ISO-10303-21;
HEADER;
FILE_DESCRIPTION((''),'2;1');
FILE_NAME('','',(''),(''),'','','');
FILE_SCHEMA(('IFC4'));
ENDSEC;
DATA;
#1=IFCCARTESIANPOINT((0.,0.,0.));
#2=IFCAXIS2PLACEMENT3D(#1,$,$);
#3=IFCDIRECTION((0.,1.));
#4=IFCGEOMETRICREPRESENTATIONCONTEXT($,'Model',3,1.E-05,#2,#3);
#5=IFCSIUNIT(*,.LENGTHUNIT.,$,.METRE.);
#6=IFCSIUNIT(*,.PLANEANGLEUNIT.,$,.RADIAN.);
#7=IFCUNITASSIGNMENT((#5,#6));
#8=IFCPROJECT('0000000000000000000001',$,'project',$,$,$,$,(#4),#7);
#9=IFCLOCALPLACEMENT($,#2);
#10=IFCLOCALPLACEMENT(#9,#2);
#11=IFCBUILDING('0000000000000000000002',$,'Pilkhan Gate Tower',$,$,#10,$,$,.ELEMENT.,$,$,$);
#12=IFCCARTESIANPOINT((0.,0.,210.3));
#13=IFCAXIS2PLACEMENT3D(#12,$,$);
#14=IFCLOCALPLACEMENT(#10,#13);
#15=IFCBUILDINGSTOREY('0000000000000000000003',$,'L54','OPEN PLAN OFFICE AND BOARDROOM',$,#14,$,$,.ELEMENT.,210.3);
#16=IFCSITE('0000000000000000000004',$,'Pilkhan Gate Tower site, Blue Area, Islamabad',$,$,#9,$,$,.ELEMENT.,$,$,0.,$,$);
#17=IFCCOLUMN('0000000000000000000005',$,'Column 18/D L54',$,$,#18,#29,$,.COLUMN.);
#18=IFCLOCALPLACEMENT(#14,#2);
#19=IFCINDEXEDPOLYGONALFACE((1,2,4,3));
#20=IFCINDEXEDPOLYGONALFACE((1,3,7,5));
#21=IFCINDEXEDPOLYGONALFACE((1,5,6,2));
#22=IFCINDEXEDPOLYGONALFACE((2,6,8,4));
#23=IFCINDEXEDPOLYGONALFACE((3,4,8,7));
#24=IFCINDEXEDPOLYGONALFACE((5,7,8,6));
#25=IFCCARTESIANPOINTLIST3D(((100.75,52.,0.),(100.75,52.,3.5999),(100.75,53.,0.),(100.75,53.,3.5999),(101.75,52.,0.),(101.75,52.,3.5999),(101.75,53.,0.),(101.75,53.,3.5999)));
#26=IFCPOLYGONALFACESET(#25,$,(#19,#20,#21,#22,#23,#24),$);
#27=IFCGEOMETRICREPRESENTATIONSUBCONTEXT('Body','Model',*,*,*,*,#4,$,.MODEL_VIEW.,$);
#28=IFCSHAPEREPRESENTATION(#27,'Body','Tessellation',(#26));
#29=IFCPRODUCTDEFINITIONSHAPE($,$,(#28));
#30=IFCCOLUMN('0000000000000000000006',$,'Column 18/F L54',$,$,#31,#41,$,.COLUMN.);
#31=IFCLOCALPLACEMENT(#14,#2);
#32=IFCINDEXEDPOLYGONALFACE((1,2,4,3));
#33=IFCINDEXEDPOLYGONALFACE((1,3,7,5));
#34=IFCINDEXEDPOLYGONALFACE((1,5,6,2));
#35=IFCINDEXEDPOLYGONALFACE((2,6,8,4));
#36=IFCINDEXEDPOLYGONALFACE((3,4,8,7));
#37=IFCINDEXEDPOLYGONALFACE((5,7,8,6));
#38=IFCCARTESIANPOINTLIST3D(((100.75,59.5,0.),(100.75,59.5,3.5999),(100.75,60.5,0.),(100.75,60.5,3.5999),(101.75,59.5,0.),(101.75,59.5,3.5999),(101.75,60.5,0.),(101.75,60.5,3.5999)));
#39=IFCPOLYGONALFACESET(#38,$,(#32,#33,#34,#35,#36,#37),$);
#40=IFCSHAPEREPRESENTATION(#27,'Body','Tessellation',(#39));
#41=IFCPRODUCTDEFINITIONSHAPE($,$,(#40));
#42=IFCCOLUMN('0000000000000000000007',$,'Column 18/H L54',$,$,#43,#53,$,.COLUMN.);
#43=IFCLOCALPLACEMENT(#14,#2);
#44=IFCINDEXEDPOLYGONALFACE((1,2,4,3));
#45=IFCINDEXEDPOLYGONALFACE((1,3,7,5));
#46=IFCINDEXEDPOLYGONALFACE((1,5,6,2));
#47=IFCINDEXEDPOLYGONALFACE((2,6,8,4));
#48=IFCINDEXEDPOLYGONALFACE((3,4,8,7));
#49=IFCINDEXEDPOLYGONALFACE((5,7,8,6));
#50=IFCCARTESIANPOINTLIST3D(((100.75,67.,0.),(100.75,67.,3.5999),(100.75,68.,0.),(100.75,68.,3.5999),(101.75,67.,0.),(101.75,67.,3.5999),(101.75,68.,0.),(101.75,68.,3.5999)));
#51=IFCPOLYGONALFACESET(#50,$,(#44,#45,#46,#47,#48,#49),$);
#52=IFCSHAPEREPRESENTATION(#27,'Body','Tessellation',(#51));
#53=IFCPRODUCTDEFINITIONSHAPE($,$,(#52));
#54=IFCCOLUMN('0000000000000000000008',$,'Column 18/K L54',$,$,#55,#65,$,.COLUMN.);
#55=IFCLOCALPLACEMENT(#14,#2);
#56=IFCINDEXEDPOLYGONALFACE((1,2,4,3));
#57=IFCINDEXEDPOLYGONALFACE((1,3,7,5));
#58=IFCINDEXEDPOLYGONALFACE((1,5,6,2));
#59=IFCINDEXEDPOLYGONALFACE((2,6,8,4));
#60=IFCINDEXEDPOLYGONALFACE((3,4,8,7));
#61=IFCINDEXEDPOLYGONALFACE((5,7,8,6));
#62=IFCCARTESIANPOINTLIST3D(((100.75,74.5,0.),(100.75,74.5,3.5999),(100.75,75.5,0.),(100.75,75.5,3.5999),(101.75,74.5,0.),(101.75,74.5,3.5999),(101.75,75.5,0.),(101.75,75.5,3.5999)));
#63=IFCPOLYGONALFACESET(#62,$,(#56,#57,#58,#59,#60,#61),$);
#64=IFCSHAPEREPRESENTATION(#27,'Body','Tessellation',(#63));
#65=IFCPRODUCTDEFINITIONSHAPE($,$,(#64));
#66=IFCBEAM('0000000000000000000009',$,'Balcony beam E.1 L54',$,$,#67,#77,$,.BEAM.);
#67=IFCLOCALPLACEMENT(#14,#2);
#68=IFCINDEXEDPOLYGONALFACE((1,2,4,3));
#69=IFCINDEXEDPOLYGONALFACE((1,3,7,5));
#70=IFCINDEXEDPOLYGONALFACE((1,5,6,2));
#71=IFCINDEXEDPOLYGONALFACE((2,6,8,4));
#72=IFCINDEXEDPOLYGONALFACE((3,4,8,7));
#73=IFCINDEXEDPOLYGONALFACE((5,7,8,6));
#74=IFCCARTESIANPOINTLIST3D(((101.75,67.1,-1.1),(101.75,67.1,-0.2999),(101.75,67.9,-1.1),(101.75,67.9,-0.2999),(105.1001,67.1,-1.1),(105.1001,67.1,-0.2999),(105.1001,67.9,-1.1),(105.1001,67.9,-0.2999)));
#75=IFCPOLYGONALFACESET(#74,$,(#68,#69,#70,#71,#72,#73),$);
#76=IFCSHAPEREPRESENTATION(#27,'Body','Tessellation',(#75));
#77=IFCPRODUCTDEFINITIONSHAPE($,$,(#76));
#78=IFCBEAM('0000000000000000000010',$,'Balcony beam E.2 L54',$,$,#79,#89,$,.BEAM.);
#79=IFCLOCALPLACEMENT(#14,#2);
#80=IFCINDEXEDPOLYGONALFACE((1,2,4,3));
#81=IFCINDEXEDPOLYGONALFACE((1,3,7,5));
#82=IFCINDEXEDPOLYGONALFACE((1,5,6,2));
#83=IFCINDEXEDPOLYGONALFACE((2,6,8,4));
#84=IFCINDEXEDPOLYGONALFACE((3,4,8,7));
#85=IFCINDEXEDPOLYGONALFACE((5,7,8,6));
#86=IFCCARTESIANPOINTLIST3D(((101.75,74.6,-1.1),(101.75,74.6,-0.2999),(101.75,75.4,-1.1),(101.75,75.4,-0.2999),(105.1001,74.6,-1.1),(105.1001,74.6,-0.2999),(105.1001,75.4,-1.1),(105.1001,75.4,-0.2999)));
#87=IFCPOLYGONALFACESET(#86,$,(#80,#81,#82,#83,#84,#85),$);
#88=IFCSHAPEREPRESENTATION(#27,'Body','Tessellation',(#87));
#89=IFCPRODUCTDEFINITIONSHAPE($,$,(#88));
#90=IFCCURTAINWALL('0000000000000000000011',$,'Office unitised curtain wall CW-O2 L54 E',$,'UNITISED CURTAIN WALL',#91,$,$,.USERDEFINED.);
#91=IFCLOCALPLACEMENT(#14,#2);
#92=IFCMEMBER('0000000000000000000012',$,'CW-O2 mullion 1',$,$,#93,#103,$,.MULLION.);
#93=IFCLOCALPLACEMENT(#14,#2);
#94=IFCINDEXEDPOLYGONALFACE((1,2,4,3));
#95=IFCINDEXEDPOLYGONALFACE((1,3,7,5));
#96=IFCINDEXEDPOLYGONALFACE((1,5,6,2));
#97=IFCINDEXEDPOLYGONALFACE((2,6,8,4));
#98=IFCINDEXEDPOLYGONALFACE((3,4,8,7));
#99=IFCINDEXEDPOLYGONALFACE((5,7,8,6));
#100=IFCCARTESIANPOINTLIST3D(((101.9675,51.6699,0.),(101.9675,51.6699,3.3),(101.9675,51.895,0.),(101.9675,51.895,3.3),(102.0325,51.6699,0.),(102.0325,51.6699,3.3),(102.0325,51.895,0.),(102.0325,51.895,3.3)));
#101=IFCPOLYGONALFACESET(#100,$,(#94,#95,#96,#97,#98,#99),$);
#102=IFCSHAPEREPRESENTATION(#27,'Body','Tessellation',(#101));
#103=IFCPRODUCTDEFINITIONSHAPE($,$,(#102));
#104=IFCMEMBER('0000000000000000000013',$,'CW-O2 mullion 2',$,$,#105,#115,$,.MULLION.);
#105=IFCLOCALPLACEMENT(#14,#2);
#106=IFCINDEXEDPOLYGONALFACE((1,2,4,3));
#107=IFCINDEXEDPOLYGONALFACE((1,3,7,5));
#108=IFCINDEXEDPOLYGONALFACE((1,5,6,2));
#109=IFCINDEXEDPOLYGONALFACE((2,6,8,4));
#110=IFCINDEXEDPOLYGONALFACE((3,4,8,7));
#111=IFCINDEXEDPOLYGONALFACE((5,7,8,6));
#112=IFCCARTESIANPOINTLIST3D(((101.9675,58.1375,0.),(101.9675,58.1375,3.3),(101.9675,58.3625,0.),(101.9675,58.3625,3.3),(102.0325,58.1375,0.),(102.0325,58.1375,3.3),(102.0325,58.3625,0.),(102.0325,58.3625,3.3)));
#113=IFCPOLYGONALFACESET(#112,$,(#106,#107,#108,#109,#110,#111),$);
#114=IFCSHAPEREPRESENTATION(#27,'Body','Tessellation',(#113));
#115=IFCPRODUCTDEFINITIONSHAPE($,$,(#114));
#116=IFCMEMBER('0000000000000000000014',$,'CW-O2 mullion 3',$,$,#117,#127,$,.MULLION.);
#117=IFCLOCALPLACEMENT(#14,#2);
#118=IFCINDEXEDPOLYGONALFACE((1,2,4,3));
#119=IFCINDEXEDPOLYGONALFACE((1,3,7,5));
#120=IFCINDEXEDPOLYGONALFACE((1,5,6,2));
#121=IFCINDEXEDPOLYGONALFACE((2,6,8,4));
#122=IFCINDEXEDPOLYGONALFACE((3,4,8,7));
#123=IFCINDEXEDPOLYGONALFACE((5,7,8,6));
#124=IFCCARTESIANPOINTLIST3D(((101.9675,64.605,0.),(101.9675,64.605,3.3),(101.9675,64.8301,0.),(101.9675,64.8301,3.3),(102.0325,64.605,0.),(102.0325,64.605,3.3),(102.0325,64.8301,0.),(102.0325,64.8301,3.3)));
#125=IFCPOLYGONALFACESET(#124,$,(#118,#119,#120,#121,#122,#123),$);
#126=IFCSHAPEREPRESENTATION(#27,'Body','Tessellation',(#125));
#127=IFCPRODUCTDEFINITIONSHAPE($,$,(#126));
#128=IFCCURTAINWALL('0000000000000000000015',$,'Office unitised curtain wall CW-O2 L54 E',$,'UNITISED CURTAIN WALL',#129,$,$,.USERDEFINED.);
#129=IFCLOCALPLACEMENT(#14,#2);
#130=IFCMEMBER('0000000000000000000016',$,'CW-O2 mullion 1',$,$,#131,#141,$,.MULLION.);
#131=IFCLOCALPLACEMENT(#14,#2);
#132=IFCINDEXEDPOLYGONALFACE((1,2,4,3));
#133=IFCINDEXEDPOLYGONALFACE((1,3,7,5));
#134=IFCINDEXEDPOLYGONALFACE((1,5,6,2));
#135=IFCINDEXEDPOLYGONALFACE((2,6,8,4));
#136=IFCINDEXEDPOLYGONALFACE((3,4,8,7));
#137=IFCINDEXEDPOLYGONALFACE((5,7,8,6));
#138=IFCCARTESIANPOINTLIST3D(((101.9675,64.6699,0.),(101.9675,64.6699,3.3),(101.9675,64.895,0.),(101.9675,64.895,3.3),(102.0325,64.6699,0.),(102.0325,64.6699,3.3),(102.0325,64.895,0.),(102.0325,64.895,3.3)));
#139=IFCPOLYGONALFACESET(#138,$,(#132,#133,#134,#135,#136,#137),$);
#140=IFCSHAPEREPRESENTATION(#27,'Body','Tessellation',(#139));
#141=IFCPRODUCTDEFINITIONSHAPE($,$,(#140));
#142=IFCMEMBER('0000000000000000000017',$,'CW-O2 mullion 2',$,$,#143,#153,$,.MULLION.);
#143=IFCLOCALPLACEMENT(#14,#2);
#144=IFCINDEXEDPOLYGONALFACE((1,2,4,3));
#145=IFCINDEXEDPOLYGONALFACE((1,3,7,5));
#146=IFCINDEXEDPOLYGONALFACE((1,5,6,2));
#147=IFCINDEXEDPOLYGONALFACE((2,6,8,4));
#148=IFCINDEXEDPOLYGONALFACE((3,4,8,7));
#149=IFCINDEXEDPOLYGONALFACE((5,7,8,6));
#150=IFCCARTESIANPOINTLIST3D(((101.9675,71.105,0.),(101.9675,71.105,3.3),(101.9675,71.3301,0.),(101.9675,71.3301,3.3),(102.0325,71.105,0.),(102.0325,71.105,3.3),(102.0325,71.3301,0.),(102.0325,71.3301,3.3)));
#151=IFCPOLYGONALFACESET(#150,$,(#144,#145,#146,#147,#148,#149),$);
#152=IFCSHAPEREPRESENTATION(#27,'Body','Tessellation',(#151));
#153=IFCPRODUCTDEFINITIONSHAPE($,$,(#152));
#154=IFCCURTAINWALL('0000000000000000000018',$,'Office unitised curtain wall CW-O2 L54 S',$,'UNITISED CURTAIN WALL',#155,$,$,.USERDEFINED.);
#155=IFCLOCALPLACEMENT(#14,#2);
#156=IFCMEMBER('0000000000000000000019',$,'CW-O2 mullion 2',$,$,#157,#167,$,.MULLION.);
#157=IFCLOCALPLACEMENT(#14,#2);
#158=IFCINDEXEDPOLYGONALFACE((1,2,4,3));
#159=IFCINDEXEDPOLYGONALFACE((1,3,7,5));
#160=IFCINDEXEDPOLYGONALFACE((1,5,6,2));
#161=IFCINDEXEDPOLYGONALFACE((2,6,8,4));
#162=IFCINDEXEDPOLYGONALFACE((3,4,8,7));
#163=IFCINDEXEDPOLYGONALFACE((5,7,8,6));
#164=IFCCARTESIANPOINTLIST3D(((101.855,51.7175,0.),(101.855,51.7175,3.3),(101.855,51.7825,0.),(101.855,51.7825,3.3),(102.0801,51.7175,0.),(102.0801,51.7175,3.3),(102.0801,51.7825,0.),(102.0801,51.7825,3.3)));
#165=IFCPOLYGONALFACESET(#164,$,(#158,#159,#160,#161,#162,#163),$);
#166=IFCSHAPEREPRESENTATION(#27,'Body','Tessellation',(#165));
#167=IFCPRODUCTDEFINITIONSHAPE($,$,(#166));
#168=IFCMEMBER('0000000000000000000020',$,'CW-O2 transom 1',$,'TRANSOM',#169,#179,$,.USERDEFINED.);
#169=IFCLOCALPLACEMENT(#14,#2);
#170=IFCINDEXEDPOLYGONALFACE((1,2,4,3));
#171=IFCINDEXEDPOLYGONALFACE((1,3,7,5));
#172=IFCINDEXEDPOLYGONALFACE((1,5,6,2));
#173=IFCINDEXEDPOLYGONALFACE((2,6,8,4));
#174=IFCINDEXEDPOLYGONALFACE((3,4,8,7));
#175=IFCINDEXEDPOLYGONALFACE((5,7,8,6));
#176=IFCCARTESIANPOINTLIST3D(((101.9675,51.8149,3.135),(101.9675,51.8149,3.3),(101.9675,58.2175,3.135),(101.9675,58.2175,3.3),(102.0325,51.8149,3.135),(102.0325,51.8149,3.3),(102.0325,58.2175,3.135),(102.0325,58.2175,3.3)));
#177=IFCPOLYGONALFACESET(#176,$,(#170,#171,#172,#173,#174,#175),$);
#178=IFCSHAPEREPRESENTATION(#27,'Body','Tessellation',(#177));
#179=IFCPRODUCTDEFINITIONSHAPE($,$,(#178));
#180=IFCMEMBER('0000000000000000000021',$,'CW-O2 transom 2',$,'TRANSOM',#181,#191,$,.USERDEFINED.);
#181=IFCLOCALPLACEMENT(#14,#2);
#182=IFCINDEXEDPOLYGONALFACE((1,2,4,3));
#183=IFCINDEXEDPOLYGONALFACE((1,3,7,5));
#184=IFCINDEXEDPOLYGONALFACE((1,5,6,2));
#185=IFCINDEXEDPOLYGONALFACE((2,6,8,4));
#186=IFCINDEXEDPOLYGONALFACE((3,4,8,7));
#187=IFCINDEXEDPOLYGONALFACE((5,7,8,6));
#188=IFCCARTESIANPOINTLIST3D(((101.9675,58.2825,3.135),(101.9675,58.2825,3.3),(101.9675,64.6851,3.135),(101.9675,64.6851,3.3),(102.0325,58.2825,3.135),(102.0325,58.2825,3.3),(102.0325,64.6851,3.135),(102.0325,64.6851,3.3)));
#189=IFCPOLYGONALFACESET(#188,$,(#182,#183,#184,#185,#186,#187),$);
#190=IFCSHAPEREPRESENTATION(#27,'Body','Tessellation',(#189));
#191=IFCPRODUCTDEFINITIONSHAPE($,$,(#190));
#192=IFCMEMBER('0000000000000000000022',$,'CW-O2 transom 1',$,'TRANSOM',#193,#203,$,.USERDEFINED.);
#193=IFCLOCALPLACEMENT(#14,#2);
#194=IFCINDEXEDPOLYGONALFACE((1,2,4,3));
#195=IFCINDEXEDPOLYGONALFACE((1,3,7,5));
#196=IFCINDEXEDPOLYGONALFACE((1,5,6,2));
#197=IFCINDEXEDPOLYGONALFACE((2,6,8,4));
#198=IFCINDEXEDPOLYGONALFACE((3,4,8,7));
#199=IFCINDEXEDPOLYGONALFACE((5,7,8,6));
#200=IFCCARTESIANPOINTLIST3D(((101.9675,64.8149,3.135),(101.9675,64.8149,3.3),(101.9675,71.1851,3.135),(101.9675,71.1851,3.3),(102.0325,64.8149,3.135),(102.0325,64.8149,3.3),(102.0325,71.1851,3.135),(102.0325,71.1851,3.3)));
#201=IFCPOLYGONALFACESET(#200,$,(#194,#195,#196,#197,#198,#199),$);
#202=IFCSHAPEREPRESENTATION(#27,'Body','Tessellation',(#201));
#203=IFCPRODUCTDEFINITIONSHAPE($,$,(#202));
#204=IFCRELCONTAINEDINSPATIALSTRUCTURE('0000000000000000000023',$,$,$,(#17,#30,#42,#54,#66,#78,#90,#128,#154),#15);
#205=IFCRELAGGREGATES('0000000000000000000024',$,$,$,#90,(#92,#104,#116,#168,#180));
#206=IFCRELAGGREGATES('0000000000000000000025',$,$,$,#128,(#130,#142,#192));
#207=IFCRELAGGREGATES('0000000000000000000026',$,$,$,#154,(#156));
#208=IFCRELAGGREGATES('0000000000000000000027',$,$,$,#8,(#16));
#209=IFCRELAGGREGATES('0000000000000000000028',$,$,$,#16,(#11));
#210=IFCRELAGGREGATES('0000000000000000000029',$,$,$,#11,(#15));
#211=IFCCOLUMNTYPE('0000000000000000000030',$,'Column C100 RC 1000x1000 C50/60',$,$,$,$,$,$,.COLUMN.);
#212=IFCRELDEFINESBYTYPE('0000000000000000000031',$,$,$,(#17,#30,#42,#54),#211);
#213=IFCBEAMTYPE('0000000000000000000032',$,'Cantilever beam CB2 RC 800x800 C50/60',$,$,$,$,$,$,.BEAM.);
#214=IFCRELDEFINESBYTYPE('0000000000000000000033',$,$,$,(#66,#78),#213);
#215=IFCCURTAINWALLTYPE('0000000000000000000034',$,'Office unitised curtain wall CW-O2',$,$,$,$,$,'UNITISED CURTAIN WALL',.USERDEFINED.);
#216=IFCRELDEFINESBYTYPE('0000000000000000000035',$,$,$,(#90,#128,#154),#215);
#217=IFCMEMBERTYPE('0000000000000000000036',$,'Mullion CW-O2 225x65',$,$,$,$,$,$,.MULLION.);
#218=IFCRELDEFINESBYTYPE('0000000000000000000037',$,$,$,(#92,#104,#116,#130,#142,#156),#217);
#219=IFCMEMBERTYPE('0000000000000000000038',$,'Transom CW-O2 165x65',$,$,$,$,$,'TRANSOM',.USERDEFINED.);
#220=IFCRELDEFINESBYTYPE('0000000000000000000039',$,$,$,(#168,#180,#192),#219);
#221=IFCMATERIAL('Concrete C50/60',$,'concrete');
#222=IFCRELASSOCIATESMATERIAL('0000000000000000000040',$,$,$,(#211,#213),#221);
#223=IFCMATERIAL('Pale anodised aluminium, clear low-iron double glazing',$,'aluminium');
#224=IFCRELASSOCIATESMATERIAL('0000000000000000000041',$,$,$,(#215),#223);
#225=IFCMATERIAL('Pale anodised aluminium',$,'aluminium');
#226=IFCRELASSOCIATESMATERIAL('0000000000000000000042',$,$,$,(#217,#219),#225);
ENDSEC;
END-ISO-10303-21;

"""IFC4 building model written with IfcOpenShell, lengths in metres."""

from ifc_helpers import new_model, si_unit, direction, frame, origin, origin_2d, place, context, subcontext, project, spatial, rectangle, extrude, material, material_profile, profile_set, type_object, element, aggregate, save


model = new_model("IFC4")

# Units and contexts
model_context = context("Model", 3, precision=1e-05, world=origin(), true_north=direction((0.0, 1.0)))
body_context = subcontext(model_context, "Body", "Model", "MODEL_VIEW")
ifc_project = project(units=[si_unit("LENGTHUNIT", "METRE"), si_unit("PLANEANGLEUNIT", "RADIAN")], contexts=[model_context])

# Site, building, storey
site_placement = place(None, origin())
site = spatial("IfcSite", under=ifc_project, at=site_placement, Name="Pilkhan Gate Tower site, Blue Area, Islamabad", CompositionType="ELEMENT", RefElevation=0.0)
building_placement = place(site_placement, origin())
building = spatial("IfcBuilding", under=site, at=building_placement, Name="Pilkhan Gate Tower", CompositionType="ELEMENT")
storey_placement = place(building_placement, frame((0.0, 0.0, 210.3)))
storey = spatial("IfcBuildingStorey", under=building, at=storey_placement, Name="L54", Description="OPEN PLAN OFFICE AND BOARDROOM", CompositionType="ELEMENT", Elevation=210.3)

# Columns
ifc_material_1 = material(Name="Concrete C50/60", Category="concrete")
ifc_material_profile_1 = material_profile(ifc_material_1, rectangle(XDim=1.0, YDim=1.0, at=origin_2d()), Name="RC 1000x1000")
ifc_profile_set_1 = profile_set([ifc_material_profile_1], Name="Concrete C50/60")
column_type = type_object("IfcColumnType", Name="Column C100 RC 1000x1000 C50/60", PredefinedType="COLUMN", material=ifc_profile_set_1)
for number, where, z_axis, x_axis, name in (
    (1, (101.25, 52.5, 0.0), (0.0, 0.0, 1.0), (1.0, 0.0, 0.0), "Column 18/D L54"),
    (2, (101.25, 60.0, 0.0), (0.0, 0.0, 1.0), (1.0, 0.0, 0.0), "Column 18/F L54"),
    (3, (101.25, 67.5, 0.0), (0.0, 0.0, 1.0), (1.0, 0.0, 0.0), "Column 18/H L54"),
    (4, (101.25, 75.0, 0.0), (0.0, 0.0, 1.0), (1.0, 0.0, 0.0), "Column 18/K L54"),
):
    element("IfcColumn", number, at=place(storey_placement, frame(where, z_axis=z_axis, x_axis=x_axis)), inside=storey, type_object=column_type, Name=name, PredefinedType="COLUMN", context=body_context, shape_type="SweptSolid", body=[
        extrude(rectangle(XDim=1.0, YDim=1.0, at=origin_2d()), origin(), (0.0, 0.0, 1.0), 3.5999),
    ])

# Beams
ifc_material_profile_2 = material_profile(ifc_material_1, rectangle(XDim=0.8, YDim=0.8, at=origin_2d()), Name="RC 800x800")
ifc_profile_set_2 = profile_set([ifc_material_profile_2], Name="Concrete C50/60")
beam_type = type_object("IfcBeamType", Name="Cantilever beam CB2 RC 800x800 C50/60", PredefinedType="BEAM", material=ifc_profile_set_2)
for number, where, z_axis, x_axis, name in (
    (5, (101.75, 67.5, -0.7), (1.0, 0.0, 0.0), (0.0, 1.0, 0.0), "Balcony beam E.1 L54"),
    (6, (101.75, 75.0, -0.7), (1.0, 0.0, 0.0), (0.0, 1.0, 0.0), "Balcony beam E.2 L54"),
):
    element("IfcBeam", number, at=place(storey_placement, frame(where, z_axis=z_axis, x_axis=x_axis)), inside=storey, type_object=beam_type, Name=name, PredefinedType="BEAM", context=body_context, shape_type="SweptSolid", body=[
        extrude(rectangle(XDim=0.8, YDim=0.8, at=origin_2d()), origin(), (0.0, 0.0, 1.0), 3.3501),
    ])

# Curtain walls, members
ifc_material_2 = material(Name="Pale anodised aluminium, clear low-iron double glazing", Category="aluminium")
curtain_wall_type = type_object("IfcCurtainWallType", Name="Office unitised curtain wall CW-O2", ElementType="UNITISED CURTAIN WALL", PredefinedType="USERDEFINED", material=ifc_material_2)
curtain_wall_1_placement = place(storey_placement, origin())
curtain_wall_1 = element("IfcCurtainWall", 7, at=curtain_wall_1_placement, inside=storey, type_object=curtain_wall_type, Name="Office unitised curtain wall CW-O2 L54 E", ObjectType="UNITISED CURTAIN WALL", PredefinedType="USERDEFINED")
ifc_material_3 = material(Name="Pale anodised aluminium", Category="aluminium")
ifc_material_profile_3 = material_profile(ifc_material_3, rectangle(XDim=0.0649, YDim=0.2251, at=origin_2d()), Name="Mullion 225x65")
ifc_profile_set_3 = profile_set([ifc_material_profile_3], Name="Pale anodised aluminium")
member_type_1 = type_object("IfcMemberType", Name="Mullion CW-O2 225x65", PredefinedType="MULLION", material=ifc_profile_set_3)
member_1_placement = place(storey_placement, frame((102.0, 51.7825, 0.0), z_axis=(0.0, 0.0, 1.0), x_axis=(-1.0, 0.0, 0.0)))
member_1 = element("IfcMember", 8, at=member_1_placement, type_object=member_type_1, Name="CW-O2 mullion 1", PredefinedType="MULLION", context=body_context, shape_type="SweptSolid", body=[
    extrude(rectangle(XDim=0.0649, YDim=0.2251, at=origin_2d()), origin(), (0.0, 0.0, 1.0), 3.3),
])
member_2_placement = place(storey_placement, frame((102.0, 58.25, 0.0), z_axis=(0.0, 0.0, 1.0), x_axis=(-1.0, 0.0, 0.0)))
member_2 = element("IfcMember", 9, at=member_2_placement, type_object=member_type_1, Name="CW-O2 mullion 2", PredefinedType="MULLION", context=body_context, shape_type="SweptSolid", body=[
    extrude(rectangle(XDim=0.0649, YDim=0.2251, at=origin_2d()), origin(), (0.0, 0.0, 1.0), 3.3),
])
member_3_placement = place(storey_placement, frame((102.0, 64.7175, 0.0), z_axis=(0.0, 0.0, 1.0), x_axis=(-1.0, 0.0, 0.0)))
member_3 = element("IfcMember", 10, at=member_3_placement, type_object=member_type_1, Name="CW-O2 mullion 3", PredefinedType="MULLION", context=body_context, shape_type="SweptSolid", body=[
    extrude(rectangle(XDim=0.0649, YDim=0.2251, at=origin_2d()), origin(), (0.0, 0.0, 1.0), 3.3),
])
curtain_wall_2_placement = place(storey_placement, origin())
curtain_wall_2 = element("IfcCurtainWall", 11, at=curtain_wall_2_placement, inside=storey, type_object=curtain_wall_type, Name="Office unitised curtain wall CW-O2 L54 E", ObjectType="UNITISED CURTAIN WALL", PredefinedType="USERDEFINED")
member_4_placement = place(storey_placement, frame((102.0, 64.7825, 0.0), z_axis=(0.0, 0.0, 1.0), x_axis=(-1.0, 0.0, 0.0)))
member_4 = element("IfcMember", 12, at=member_4_placement, type_object=member_type_1, Name="CW-O2 mullion 1", PredefinedType="MULLION", context=body_context, shape_type="SweptSolid", body=[
    extrude(rectangle(XDim=0.0649, YDim=0.2251, at=origin_2d()), origin(), (0.0, 0.0, 1.0), 3.3),
])
member_5_placement = place(storey_placement, frame((102.0, 71.2175, 0.0), z_axis=(0.0, 0.0, 1.0), x_axis=(-1.0, 0.0, 0.0)))
member_5 = element("IfcMember", 13, at=member_5_placement, type_object=member_type_1, Name="CW-O2 mullion 2", PredefinedType="MULLION", context=body_context, shape_type="SweptSolid", body=[
    extrude(rectangle(XDim=0.0649, YDim=0.2251, at=origin_2d()), origin(), (0.0, 0.0, 1.0), 3.3),
])

# Curtain wall, member
curtain_wall_3_placement = place(storey_placement, origin())
curtain_wall_3 = element("IfcCurtainWall", 14, at=curtain_wall_3_placement, inside=storey, type_object=curtain_wall_type, Name="Office unitised curtain wall CW-O2 L54 S", ObjectType="UNITISED CURTAIN WALL", PredefinedType="USERDEFINED")
member_6_placement = place(storey_placement, frame((101.9675, 51.75, 0.0), z_axis=(0.0, 0.0, 1.0), x_axis=(0.0, 1.0, 0.0)))
member_6 = element("IfcMember", 15, at=member_6_placement, type_object=member_type_1, Name="CW-O2 mullion 2", PredefinedType="MULLION", context=body_context, shape_type="SweptSolid", body=[
    extrude(rectangle(XDim=0.0649, YDim=0.2251, at=origin_2d()), origin(), (0.0, 0.0, 1.0), 3.3),
])

# Members
ifc_material_profile_4 = material_profile(ifc_material_3, rectangle(XDim=0.0649, YDim=0.165, at=origin_2d()), Name="Transom 165x65")
ifc_profile_set_4 = profile_set([ifc_material_profile_4], Name="Pale anodised aluminium")
member_type_2 = type_object("IfcMemberType", Name="Transom CW-O2 165x65", ElementType="TRANSOM", PredefinedType="USERDEFINED", material=ifc_profile_set_4)
member_7_placement = place(storey_placement, frame((102.0, 51.8149, 3.2175), z_axis=(0.0, 1.0, 0.0), x_axis=(-1.0, 0.0, 0.0)))
member_7 = element("IfcMember", 16, at=member_7_placement, type_object=member_type_2, Name="CW-O2 transom 1", ObjectType="TRANSOM", PredefinedType="USERDEFINED", context=body_context, shape_type="SweptSolid", body=[
    extrude(rectangle(XDim=0.0649, YDim=0.165, at=origin_2d()), origin(), (0.0, 0.0, 1.0), 6.4026),
])
member_8_placement = place(storey_placement, frame((102.0, 58.2825, 3.2175), z_axis=(0.0, 1.0, 0.0), x_axis=(-1.0, 0.0, 0.0)))
member_8 = element("IfcMember", 17, at=member_8_placement, type_object=member_type_2, Name="CW-O2 transom 2", ObjectType="TRANSOM", PredefinedType="USERDEFINED", context=body_context, shape_type="SweptSolid", body=[
    extrude(rectangle(XDim=0.0649, YDim=0.165, at=origin_2d()), origin(), (0.0, 0.0, 1.0), 6.4026),
])
member_9_placement = place(storey_placement, frame((102.0, 64.8149, 3.2175), z_axis=(0.0, 1.0, 0.0), x_axis=(-1.0, 0.0, 0.0)))
member_9 = element("IfcMember", 18, at=member_9_placement, type_object=member_type_2, Name="CW-O2 transom 1", ObjectType="TRANSOM", PredefinedType="USERDEFINED", context=body_context, shape_type="SweptSolid", body=[
    extrude(rectangle(XDim=0.0649, YDim=0.165, at=origin_2d()), origin(), (0.0, 0.0, 1.0), 6.3701),
])

aggregate(curtain_wall_1, [member_1, member_2, member_3, member_7, member_8])
aggregate(curtain_wall_2, [member_4, member_5, member_9])
aggregate(curtain_wall_3, [member_6])

save(model, "model.ifc")
